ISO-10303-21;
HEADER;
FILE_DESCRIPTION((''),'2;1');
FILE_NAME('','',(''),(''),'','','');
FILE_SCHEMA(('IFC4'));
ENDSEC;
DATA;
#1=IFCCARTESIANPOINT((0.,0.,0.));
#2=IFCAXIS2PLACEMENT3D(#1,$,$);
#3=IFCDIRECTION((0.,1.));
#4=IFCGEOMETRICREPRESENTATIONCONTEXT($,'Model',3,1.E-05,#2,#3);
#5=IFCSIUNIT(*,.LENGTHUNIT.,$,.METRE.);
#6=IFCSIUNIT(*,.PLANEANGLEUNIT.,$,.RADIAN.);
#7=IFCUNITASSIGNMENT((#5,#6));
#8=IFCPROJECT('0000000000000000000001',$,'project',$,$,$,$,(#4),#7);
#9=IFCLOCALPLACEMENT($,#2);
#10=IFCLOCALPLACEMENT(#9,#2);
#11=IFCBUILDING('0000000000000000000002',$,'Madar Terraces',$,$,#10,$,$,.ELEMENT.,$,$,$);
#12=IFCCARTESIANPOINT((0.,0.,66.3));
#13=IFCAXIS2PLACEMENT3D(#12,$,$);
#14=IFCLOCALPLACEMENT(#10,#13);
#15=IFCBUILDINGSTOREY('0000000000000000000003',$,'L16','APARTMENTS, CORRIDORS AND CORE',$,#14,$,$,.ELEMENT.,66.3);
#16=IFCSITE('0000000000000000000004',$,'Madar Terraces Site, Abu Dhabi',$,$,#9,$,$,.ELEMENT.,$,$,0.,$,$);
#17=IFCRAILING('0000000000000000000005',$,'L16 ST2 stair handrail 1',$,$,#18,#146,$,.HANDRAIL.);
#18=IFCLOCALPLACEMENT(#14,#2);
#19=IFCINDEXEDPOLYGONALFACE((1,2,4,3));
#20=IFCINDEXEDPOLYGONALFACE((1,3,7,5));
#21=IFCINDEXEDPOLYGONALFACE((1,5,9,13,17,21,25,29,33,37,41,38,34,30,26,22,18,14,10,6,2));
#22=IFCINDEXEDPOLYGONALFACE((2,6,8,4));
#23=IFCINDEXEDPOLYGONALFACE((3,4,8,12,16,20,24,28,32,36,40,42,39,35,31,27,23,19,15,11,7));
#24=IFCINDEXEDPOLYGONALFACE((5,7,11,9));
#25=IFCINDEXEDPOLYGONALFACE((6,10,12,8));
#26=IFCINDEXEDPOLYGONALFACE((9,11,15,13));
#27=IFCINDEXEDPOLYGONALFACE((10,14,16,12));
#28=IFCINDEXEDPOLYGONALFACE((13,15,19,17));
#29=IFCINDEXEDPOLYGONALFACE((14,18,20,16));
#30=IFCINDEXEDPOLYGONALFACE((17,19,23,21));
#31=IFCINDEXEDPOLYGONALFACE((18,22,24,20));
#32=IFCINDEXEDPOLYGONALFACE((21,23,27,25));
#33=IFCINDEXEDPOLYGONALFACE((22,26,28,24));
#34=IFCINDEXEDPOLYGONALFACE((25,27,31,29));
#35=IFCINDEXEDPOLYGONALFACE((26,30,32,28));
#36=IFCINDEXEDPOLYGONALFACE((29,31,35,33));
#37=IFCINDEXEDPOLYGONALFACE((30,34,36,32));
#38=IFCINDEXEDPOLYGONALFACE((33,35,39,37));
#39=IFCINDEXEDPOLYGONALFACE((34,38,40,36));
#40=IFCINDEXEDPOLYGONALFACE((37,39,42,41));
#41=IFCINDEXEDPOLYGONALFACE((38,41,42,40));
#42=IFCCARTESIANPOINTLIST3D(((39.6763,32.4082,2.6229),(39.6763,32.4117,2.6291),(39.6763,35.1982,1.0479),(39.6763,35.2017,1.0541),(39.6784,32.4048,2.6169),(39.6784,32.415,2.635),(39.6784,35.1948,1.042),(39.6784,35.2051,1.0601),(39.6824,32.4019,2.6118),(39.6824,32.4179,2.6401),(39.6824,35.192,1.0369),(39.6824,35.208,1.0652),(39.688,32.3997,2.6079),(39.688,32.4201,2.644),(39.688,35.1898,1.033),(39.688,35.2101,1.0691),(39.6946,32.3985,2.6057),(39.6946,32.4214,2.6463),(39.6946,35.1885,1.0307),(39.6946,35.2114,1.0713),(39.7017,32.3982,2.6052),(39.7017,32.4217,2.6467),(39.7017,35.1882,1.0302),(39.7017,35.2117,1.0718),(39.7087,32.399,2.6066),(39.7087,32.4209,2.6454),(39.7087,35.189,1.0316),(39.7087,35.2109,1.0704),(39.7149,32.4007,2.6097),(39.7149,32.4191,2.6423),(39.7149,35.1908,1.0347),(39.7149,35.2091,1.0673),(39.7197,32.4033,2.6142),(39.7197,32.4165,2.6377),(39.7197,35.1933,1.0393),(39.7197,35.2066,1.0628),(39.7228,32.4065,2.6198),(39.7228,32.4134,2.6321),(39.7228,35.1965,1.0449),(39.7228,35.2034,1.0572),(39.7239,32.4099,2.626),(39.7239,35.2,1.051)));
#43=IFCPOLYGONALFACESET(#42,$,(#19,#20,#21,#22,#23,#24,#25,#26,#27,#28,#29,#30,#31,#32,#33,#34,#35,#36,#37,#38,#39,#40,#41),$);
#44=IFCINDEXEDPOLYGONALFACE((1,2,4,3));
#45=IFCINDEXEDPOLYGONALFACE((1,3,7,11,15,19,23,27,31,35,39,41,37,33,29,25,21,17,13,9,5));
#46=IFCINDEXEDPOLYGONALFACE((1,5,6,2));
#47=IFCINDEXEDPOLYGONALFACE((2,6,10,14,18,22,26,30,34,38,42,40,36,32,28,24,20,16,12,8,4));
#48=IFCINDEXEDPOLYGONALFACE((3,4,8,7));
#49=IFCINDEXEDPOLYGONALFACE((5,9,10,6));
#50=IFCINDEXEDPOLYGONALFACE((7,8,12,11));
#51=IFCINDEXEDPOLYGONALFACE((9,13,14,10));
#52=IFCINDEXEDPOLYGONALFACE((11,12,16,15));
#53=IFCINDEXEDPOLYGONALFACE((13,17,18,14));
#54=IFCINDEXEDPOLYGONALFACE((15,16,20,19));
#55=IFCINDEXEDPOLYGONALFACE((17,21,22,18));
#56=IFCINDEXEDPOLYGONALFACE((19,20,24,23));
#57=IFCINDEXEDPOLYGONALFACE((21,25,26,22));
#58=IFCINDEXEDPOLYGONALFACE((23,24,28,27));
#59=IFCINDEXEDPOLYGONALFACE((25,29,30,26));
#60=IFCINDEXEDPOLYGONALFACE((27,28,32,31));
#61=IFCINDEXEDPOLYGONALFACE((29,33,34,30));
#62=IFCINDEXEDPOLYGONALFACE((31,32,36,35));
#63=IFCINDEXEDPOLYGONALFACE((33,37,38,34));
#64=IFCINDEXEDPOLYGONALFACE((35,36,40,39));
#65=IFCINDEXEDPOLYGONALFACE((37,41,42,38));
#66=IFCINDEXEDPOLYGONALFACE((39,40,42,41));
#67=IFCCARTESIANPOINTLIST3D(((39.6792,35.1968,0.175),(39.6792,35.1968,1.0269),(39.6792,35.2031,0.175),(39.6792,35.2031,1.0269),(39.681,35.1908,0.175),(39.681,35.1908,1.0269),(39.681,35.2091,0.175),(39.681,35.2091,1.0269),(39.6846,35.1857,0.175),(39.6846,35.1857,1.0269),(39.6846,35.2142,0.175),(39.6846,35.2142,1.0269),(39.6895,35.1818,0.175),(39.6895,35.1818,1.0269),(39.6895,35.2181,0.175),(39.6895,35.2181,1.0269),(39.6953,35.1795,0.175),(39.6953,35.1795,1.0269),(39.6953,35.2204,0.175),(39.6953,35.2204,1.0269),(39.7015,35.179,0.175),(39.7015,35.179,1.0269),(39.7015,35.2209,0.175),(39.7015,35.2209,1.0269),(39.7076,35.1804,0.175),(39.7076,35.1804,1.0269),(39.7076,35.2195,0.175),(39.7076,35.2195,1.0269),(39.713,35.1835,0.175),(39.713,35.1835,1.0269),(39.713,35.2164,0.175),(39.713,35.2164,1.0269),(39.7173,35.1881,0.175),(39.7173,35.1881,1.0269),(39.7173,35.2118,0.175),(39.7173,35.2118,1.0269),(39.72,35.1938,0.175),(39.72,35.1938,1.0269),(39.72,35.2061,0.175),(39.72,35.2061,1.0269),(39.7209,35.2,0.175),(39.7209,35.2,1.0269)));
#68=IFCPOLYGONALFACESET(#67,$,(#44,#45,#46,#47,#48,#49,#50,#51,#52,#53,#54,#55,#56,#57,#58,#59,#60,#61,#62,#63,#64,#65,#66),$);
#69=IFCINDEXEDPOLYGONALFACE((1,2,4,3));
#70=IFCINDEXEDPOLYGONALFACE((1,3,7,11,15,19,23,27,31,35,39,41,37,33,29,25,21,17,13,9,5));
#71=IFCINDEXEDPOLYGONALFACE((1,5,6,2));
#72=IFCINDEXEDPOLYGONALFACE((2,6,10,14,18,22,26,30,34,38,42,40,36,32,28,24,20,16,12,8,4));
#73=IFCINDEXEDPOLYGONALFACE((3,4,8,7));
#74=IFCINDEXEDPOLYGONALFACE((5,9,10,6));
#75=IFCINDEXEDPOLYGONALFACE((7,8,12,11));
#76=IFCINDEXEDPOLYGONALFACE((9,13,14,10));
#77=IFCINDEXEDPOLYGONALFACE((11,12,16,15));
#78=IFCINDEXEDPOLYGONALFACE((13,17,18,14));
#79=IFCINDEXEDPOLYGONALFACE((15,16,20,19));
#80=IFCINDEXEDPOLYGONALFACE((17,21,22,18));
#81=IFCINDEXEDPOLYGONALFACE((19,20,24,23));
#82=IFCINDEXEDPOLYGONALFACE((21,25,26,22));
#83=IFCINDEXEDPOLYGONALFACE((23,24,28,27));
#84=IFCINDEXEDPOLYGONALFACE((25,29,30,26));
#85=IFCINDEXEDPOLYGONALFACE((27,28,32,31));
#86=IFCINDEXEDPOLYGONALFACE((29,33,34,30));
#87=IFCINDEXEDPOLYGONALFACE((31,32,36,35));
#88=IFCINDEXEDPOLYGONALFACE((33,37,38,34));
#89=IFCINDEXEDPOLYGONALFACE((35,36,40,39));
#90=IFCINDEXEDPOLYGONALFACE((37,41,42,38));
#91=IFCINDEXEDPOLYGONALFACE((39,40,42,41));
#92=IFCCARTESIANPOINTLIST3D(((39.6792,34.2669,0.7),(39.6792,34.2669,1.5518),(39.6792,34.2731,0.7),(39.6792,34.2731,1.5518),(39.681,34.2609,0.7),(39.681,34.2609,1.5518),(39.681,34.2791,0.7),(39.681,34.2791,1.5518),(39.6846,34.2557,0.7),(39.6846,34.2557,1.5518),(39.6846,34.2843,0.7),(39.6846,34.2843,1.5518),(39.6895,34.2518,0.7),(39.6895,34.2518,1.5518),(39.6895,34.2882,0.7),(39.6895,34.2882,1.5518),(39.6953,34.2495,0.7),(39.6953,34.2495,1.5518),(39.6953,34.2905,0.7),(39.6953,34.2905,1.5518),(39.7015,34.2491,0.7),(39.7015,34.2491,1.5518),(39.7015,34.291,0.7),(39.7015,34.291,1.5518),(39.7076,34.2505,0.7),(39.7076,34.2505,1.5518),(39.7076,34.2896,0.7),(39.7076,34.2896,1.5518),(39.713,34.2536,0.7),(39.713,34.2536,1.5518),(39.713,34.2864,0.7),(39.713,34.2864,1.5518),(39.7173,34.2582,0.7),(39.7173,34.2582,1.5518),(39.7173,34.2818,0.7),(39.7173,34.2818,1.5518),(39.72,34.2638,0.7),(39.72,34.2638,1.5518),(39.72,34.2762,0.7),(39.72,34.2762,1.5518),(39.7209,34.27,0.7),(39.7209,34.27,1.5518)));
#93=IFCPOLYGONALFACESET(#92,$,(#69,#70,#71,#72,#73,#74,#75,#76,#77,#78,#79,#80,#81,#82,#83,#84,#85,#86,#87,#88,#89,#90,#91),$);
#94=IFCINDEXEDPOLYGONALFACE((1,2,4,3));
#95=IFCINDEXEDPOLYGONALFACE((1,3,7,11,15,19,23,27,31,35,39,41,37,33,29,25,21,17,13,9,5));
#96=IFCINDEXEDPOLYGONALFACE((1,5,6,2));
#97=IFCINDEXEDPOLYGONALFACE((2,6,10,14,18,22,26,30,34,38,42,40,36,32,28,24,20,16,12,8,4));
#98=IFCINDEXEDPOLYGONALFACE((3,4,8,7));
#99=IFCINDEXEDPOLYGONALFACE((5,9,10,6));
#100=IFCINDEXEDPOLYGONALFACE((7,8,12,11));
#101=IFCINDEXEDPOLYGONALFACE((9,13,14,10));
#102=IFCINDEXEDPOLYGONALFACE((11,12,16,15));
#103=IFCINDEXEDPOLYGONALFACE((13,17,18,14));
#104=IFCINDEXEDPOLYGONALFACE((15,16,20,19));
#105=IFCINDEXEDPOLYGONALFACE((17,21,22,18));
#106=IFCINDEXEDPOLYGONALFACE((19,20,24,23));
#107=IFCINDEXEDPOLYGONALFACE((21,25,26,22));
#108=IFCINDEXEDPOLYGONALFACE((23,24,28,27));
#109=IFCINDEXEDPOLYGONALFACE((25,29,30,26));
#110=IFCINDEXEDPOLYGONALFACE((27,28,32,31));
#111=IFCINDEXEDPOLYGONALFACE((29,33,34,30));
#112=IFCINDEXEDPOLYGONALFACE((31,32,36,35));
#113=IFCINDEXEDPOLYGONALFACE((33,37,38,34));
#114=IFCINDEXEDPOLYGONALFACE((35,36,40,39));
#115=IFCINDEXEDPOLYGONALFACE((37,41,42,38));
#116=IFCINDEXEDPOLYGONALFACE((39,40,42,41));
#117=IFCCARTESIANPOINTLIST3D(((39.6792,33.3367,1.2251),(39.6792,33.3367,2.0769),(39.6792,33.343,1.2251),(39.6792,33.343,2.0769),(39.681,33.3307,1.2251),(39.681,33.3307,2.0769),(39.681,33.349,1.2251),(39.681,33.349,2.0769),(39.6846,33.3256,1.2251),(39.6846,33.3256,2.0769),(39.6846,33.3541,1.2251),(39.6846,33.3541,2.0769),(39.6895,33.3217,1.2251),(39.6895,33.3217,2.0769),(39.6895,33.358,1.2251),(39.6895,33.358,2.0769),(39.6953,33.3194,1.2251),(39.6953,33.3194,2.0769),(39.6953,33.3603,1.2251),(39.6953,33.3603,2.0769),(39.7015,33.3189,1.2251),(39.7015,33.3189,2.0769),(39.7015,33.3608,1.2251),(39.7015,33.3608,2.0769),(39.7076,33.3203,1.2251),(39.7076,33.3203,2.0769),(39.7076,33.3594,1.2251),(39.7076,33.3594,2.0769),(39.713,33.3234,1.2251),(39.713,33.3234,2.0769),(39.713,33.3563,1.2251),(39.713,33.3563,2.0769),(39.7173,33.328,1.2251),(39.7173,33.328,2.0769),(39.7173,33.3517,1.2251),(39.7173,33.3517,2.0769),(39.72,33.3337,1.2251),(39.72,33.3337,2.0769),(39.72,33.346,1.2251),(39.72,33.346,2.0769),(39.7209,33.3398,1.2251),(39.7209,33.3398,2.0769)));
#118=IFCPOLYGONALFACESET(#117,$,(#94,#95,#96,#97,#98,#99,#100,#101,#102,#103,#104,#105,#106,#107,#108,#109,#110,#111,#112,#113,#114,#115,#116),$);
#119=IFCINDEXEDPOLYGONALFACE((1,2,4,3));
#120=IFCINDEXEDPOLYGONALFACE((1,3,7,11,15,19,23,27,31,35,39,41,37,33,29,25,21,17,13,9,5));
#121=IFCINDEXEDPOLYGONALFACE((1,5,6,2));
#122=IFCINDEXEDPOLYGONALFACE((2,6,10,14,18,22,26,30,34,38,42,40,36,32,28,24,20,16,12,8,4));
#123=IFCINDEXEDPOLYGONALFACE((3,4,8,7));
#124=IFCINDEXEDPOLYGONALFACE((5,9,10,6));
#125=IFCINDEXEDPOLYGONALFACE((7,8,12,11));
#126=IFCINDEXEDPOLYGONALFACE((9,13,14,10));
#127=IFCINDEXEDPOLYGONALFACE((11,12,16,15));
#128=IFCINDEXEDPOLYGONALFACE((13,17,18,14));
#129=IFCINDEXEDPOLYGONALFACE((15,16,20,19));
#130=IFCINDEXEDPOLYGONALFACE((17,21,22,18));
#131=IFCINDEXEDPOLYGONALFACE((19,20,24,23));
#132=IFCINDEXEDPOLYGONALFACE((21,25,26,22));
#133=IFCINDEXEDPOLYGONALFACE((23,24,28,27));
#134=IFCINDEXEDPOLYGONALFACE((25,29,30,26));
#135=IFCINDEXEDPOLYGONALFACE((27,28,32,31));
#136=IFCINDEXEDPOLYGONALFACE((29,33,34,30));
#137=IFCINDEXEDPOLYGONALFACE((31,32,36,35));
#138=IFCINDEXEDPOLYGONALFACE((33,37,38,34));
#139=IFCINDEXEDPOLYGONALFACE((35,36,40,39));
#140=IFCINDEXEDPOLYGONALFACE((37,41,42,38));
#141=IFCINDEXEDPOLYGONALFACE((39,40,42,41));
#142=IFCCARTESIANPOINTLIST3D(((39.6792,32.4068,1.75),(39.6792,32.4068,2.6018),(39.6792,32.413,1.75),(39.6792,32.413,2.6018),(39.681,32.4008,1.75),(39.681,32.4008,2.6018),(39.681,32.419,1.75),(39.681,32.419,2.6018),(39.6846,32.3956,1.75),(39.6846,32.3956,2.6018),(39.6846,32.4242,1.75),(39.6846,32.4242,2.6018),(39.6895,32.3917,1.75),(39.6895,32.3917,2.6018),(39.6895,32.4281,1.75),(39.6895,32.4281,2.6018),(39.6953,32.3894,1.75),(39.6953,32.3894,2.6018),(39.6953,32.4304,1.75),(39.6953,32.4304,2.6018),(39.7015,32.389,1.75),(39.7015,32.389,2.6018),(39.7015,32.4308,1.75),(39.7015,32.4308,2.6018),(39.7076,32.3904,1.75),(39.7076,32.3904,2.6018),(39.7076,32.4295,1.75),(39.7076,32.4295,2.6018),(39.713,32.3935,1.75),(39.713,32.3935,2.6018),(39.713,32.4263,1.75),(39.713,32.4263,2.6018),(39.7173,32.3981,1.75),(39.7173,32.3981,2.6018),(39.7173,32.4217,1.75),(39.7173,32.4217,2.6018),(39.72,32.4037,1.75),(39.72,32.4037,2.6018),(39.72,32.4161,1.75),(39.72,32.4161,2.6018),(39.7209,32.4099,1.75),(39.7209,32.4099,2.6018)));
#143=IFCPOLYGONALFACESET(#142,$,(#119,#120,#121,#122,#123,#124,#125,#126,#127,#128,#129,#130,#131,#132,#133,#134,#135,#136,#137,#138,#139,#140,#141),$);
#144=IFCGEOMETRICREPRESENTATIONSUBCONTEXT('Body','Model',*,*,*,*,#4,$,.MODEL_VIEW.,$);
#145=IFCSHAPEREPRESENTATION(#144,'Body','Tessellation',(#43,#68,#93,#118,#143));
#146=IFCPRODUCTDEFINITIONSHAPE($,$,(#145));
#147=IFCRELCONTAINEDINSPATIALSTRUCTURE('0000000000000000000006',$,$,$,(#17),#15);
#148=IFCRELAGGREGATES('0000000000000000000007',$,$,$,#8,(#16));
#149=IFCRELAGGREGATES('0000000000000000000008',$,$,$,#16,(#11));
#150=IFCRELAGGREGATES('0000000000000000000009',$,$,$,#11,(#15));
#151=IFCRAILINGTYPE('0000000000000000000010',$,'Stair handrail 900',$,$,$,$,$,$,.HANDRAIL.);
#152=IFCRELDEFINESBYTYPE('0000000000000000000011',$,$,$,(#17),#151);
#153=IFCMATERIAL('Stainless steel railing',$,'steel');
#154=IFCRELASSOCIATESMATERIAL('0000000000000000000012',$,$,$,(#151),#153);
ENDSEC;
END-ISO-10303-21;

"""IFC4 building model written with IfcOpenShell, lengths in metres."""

from ifc_helpers import new_model, si_unit, direction, frame, origin, origin_2d, place, context, subcontext, project, spatial, circle, extrude, material, type_object, element, save


model = new_model("IFC4")

# Units and contexts
model_context = context("Model", 3, precision=1e-05, world=origin(), true_north=direction((0.0, 1.0)))
body_context = subcontext(model_context, "Body", "Model", "MODEL_VIEW")
ifc_project = project(units=[si_unit("LENGTHUNIT", "METRE"), si_unit("PLANEANGLEUNIT", "RADIAN")], contexts=[model_context])

# Site, building, storey
site_placement = place(None, origin())
site = spatial("IfcSite", under=ifc_project, at=site_placement, Name="Madar Terraces Site, Abu Dhabi", CompositionType="ELEMENT", RefElevation=0.0)
building_placement = place(site_placement, origin())
building = spatial("IfcBuilding", under=site, at=building_placement, Name="Madar Terraces", CompositionType="ELEMENT")
storey_placement = place(building_placement, frame((0.0, 0.0, 66.3)))
storey = spatial("IfcBuildingStorey", under=building, at=storey_placement, Name="L16", Description="APARTMENTS, CORRIDORS AND CORE", CompositionType="ELEMENT", Elevation=66.3)

# Railing
ifc_material_1 = material(Name="Stainless steel railing", Category="steel")
railing_type_1 = type_object("IfcRailingType", Name="Stair handrail 900", PredefinedType="HANDRAIL", material=ifc_material_1)
railing_1_placement = place(storey_placement, frame((39.7, 35.2, 0.175)))
element("IfcRailing", 1, at=railing_1_placement, inside=storey, type_object=railing_type_1, Name="L16 ST2 stair handrail 1", PredefinedType="HANDRAIL", context=body_context, shape_type="SweptSolid", body=[
    extrude(circle(Radius=0.0239, at=origin_2d()), frame((0.0, 0.0, 0.876), z_axis=(0.0, -0.870834, 0.491578), x_axis=(1.0, 0.0, 0.0)), (0.0, 0.0, 1.0), 3.2039),
    extrude(circle(Radius=0.021, at=origin_2d()), origin(), (0.0, 0.0, 1.0), 0.8518),
    extrude(circle(Radius=0.021, at=origin_2d()), frame((0.0, -0.9299, 0.5249)), (0.0, 0.0, 1.0), 0.8518),
    extrude(circle(Radius=0.021, at=origin_2d()), frame((0.0, -1.8601, 1.05)), (0.0, 0.0, 1.0), 0.8518),
    extrude(circle(Radius=0.021, at=origin_2d()), frame((0.0, -2.79, 1.575)), (0.0, 0.0, 1.0), 0.8518),
])

save(model, "model.ifc")
